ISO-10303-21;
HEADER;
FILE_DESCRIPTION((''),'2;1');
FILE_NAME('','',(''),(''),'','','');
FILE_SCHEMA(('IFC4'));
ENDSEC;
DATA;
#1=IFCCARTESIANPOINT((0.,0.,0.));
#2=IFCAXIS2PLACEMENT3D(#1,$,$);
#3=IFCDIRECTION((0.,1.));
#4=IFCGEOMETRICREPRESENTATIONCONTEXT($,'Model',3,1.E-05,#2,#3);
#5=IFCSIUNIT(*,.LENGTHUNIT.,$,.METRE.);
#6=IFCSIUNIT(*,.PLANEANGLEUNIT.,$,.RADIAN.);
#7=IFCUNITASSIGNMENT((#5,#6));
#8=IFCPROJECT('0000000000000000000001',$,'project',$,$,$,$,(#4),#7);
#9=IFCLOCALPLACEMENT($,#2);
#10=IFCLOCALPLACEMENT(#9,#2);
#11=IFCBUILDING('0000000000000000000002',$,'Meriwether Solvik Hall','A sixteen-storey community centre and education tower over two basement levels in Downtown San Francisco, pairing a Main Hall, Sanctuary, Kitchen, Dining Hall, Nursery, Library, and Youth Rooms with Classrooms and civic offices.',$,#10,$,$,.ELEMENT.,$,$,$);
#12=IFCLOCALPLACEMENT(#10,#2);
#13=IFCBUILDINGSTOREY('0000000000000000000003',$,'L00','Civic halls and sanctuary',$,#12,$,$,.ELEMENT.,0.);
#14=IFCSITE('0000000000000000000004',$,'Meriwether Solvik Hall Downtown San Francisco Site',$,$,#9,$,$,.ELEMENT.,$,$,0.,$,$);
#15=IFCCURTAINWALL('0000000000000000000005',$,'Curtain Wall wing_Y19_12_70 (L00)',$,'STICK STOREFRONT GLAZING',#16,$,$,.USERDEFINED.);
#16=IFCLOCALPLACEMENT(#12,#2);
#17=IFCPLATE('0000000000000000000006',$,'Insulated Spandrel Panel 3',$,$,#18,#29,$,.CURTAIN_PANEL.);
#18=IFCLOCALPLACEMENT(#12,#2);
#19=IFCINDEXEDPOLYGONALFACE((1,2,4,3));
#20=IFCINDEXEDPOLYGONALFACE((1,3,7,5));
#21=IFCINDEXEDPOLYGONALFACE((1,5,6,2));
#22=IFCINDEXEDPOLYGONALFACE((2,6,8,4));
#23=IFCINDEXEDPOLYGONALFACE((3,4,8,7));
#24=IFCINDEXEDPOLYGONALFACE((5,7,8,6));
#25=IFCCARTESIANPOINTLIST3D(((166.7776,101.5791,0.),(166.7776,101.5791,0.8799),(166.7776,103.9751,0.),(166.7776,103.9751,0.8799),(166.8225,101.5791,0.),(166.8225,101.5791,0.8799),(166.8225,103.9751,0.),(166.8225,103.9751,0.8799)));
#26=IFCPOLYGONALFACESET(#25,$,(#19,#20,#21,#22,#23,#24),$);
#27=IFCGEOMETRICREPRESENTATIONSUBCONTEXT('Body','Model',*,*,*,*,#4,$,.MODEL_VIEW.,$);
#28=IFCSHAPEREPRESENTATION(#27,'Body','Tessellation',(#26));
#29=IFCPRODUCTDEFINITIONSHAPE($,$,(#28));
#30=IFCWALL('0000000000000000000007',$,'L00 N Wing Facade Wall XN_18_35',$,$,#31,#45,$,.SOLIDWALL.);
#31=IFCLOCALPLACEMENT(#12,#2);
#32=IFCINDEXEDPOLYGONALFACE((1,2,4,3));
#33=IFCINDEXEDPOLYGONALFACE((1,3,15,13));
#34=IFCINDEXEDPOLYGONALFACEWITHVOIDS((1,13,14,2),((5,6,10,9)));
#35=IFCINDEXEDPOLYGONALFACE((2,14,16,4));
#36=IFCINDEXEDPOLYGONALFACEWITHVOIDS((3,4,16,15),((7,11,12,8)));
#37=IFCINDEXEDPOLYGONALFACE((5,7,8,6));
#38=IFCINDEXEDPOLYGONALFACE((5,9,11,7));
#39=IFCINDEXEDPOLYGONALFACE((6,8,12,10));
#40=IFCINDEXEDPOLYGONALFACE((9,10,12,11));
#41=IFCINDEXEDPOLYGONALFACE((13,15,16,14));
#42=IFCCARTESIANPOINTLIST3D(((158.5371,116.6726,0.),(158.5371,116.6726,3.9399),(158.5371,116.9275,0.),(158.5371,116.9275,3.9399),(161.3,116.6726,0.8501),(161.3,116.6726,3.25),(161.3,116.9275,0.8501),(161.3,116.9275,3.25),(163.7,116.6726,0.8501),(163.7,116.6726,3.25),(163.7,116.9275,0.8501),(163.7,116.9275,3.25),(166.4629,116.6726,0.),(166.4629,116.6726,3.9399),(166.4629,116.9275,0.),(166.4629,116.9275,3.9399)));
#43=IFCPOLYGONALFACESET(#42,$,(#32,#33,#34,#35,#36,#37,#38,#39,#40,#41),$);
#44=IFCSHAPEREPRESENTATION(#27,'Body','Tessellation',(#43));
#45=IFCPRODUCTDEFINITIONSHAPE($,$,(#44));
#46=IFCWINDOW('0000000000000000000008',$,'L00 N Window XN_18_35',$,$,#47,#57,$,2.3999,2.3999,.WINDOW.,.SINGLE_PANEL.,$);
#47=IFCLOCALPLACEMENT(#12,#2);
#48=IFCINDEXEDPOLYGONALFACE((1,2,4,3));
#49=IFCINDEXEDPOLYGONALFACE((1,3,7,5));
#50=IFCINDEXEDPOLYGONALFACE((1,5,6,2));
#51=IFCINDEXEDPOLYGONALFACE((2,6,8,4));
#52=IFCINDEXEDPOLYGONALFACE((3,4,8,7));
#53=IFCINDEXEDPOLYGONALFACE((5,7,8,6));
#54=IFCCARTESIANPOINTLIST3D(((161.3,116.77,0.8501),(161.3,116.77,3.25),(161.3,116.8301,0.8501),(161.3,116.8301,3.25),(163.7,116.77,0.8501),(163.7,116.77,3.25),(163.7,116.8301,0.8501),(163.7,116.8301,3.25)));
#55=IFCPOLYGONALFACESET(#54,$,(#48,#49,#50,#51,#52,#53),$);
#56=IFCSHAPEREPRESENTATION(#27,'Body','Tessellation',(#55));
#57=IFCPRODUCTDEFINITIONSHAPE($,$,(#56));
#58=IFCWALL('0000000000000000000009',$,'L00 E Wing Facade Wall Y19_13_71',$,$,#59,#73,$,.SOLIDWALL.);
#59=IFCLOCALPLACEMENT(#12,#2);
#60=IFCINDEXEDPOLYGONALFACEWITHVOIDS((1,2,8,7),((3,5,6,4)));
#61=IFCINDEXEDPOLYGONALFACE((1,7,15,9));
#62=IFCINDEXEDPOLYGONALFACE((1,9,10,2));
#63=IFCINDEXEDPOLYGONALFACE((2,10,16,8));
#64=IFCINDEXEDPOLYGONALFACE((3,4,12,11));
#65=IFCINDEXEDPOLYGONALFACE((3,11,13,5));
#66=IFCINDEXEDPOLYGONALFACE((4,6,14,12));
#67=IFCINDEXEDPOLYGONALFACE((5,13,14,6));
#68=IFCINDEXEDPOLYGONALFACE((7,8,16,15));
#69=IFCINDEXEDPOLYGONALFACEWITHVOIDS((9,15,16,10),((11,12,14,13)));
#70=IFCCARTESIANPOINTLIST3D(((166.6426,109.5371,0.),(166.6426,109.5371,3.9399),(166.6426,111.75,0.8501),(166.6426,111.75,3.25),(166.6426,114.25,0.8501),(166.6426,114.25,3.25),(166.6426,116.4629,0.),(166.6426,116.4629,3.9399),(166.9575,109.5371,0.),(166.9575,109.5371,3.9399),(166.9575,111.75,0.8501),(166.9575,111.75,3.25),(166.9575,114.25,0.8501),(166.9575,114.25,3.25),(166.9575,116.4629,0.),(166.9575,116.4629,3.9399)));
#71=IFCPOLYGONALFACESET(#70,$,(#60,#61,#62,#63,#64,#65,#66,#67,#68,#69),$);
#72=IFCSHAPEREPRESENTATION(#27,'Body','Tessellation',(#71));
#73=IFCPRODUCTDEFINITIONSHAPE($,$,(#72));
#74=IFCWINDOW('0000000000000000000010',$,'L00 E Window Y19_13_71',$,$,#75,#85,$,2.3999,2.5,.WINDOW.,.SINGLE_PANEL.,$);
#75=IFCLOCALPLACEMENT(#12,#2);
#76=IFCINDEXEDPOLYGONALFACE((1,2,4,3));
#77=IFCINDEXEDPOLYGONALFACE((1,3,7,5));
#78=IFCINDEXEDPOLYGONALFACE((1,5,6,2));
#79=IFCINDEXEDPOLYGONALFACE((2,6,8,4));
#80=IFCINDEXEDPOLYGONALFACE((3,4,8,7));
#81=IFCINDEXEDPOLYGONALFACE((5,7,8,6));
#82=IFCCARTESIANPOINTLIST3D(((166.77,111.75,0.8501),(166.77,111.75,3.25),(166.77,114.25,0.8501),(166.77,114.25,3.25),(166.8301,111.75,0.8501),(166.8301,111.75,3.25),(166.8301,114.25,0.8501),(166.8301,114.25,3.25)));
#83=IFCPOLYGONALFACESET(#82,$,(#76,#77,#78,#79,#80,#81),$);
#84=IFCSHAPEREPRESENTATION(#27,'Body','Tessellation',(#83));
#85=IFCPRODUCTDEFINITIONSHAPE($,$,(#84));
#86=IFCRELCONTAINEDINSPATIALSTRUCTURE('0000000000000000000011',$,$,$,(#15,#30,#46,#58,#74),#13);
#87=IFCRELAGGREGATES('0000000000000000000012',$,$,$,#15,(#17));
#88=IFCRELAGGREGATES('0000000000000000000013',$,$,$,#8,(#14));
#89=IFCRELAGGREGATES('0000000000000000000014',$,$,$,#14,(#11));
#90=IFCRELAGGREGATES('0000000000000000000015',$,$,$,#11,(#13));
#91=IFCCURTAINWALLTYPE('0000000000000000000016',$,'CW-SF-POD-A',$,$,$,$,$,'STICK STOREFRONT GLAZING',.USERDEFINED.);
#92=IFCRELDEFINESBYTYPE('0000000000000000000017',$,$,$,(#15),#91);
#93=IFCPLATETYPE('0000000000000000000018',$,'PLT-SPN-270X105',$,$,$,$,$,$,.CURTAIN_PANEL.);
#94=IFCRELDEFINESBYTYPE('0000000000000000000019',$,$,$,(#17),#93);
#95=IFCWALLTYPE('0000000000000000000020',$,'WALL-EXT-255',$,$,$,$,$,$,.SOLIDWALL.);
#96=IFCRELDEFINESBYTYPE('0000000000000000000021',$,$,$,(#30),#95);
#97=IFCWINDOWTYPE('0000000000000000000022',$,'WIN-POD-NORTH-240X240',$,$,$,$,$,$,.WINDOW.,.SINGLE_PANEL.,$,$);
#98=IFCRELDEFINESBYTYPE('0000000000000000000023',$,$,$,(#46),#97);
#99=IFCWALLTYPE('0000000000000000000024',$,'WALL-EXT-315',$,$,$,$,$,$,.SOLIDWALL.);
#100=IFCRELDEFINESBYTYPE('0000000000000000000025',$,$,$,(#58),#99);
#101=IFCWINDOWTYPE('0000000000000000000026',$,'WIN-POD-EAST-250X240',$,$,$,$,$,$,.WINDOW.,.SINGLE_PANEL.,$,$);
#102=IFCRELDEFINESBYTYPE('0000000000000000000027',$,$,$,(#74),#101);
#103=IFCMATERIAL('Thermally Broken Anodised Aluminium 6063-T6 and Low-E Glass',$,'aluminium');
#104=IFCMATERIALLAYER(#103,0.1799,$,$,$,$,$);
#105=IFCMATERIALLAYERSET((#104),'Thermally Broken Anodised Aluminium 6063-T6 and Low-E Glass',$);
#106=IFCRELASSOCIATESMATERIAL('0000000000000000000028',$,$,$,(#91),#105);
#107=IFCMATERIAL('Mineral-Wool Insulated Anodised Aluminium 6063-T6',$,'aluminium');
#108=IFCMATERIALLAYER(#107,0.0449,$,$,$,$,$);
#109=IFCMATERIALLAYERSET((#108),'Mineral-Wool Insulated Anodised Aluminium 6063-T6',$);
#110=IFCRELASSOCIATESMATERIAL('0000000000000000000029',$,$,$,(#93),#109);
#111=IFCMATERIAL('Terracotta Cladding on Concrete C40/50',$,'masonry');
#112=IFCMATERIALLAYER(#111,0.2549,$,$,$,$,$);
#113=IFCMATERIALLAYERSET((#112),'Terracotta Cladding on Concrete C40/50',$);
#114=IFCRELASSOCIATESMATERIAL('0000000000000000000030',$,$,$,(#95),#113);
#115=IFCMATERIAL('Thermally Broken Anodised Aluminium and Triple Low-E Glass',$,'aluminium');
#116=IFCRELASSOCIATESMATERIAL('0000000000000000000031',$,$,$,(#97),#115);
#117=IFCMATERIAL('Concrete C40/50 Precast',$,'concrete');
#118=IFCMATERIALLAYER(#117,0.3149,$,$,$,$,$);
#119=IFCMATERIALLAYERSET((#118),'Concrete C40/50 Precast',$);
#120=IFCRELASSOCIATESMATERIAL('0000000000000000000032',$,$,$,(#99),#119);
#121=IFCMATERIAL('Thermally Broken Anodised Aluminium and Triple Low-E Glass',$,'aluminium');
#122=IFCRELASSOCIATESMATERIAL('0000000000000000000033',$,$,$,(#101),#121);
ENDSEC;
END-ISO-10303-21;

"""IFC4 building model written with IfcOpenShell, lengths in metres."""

from ifc_helpers import new_model, si_unit, direction, frame, frame_2d, origin, origin_2d, place, context, subcontext, project, spatial, rectangle, extrude, material, layer, layer_set, type_object, element, fill, aggregate, save


model = new_model("IFC4")

# Units and contexts
model_context = context("Model", 3, precision=1e-05, world=origin(), true_north=direction((0.0, 1.0)))
body_context = subcontext(model_context, "Body", "Model", "MODEL_VIEW")
ifc_project = project(units=[si_unit("LENGTHUNIT", "METRE"), si_unit("PLANEANGLEUNIT", "RADIAN")], contexts=[model_context])

# Site, building, storey
site_placement = place(None, origin())
site = spatial("IfcSite", under=ifc_project, at=site_placement, Name="Meriwether Solvik Hall Downtown San Francisco Site", CompositionType="ELEMENT", RefElevation=0.0)
building_placement = place(site_placement, origin())
building = spatial("IfcBuilding", under=site, at=building_placement, Name="Meriwether Solvik Hall", Description="A sixteen-storey community centre and education tower over two basement levels in Downtown San Francisco, pairing a Main Hall, Sanctuary, Kitchen, Dining Hall, Nursery, Library, and Youth Rooms with Classrooms and civic offices.", CompositionType="ELEMENT")
storey_placement = place(building_placement, origin())
storey = spatial("IfcBuildingStorey", under=building, at=storey_placement, Name="L00", Description="Civic halls and sanctuary", CompositionType="ELEMENT", Elevation=0.0)

# Curtain wall
ifc_material_1 = material(Name="Thermally Broken Anodised Aluminium 6063-T6 and Low-E Glass", Category="aluminium")
ifc_layer_1 = layer(ifc_material_1, 0.1799)
ifc_layer_set_1 = layer_set([ifc_layer_1], Name="Thermally Broken Anodised Aluminium 6063-T6 and Low-E Glass")
curtain_wall_type = type_object("IfcCurtainWallType", Name="CW-SF-POD-A", ElementType="STICK STOREFRONT GLAZING", PredefinedType="USERDEFINED", material=ifc_layer_set_1)
curtain_wall_1_placement = place(storey_placement, origin())
curtain_wall_1 = element("IfcCurtainWall", 1, at=curtain_wall_1_placement, inside=storey, type_object=curtain_wall_type, Name="Curtain Wall wing_Y19_12_70 (L00)", ObjectType="STICK STOREFRONT GLAZING", PredefinedType="USERDEFINED")

# Plate
ifc_material_2 = material(Name="Mineral-Wool Insulated Anodised Aluminium 6063-T6", Category="aluminium")
ifc_layer_2 = layer(ifc_material_2, 0.0449)
ifc_layer_set_2 = layer_set([ifc_layer_2], Name="Mineral-Wool Insulated Anodised Aluminium 6063-T6")
plate_type_1 = type_object("IfcPlateType", Name="PLT-SPN-270X105", PredefinedType="CURTAIN_PANEL", material=ifc_layer_set_2)
plate_1_placement = place(storey_placement, frame((166.8, 102.7771, 0.0), z_axis=(0.0, 0.0, 1.0), x_axis=(0.0, -1.0, 0.0)))
plate_1 = element("IfcPlate", 2, at=plate_1_placement, type_object=plate_type_1, Name="Insulated Spandrel Panel 3", PredefinedType="CURTAIN_PANEL", context=body_context, shape_type="SweptSolid", body=[
    extrude(rectangle(XDim=2.396, YDim=0.0449, at=origin_2d()), origin(), (0.0, 0.0, 1.0), 0.8799),
])
aggregate(curtain_wall_1, [plate_1])

# Walls, openings, windows
ifc_material_3 = material(Name="Terracotta Cladding on Concrete C40/50", Category="masonry")
ifc_layer_3 = layer(ifc_material_3, 0.2549)
ifc_layer_set_3 = layer_set([ifc_layer_3], Name="Terracotta Cladding on Concrete C40/50")
wall_type_1 = type_object("IfcWallType", Name="WALL-EXT-255", PredefinedType="SOLIDWALL", material=ifc_layer_set_3)
wall_1_placement = place(storey_placement, frame((158.5371, 116.8, 0.0), z_axis=(0.0, 0.0, 1.0), x_axis=(1.0, 0.0, 0.0)))
wall_1 = element("IfcWall", 3, at=wall_1_placement, inside=storey, type_object=wall_type_1, Name="L00 N Wing Facade Wall XN_18_35", PredefinedType="SOLIDWALL", context=body_context, shape_type="SweptSolid", body=[
    extrude(rectangle(XDim=7.9258, YDim=0.2549, at=frame_2d((3.9629, 0.0))), origin(), (0.0, 0.0, 1.0), 3.9399),
])
opening_1_placement = place(wall_1_placement, frame((2.7629, 0.0, 0.8501)))
opening_1 = element("IfcOpeningElement", 4, at=opening_1_placement, cuts=wall_1, PredefinedType="OPENING", context=body_context, shape_type="SweptSolid", body=[
    extrude(rectangle(XDim=2.3999, YDim=2.3999, at=frame_2d((1.2, 1.2))), frame((0.0, 0.1394, 0.0), z_axis=(0.0, -1.0, 0.0), x_axis=(1.0, 0.0, 0.0)), (0.0, 0.0, 1.0), 0.2788),
])
ifc_material_4 = material(Name="Thermally Broken Anodised Aluminium and Triple Low-E Glass", Category="aluminium")
window_type_1 = type_object("IfcWindowType", Name="WIN-POD-NORTH-240X240", PartitioningType="SINGLE_PANEL", PredefinedType="WINDOW", material=ifc_material_4)
window_1_placement = place(opening_1_placement, origin())
window_1 = element("IfcWindow", 5, at=window_1_placement, inside=storey, type_object=window_type_1, Name="L00 N Window XN_18_35", OverallHeight=2.3999, OverallWidth=2.3999, PartitioningType="SINGLE_PANEL", PredefinedType="WINDOW", context=body_context, shape_type="SweptSolid", body=[
    extrude(rectangle(XDim=2.3999, YDim=2.3999, at=frame_2d((1.2, 1.2))), frame((0.0, 0.03, 0.0), z_axis=(0.0, -1.0, 0.0), x_axis=(1.0, 0.0, 0.0)), (0.0, 0.0, 1.0), 0.0601),
])
fill(opening_1, window_1)
ifc_material_5 = material(Name="Concrete C40/50 Precast", Category="concrete")
ifc_layer_4 = layer(ifc_material_5, 0.3149)
ifc_layer_set_4 = layer_set([ifc_layer_4], Name="Concrete C40/50 Precast")
wall_type_2 = type_object("IfcWallType", Name="WALL-EXT-315", PredefinedType="SOLIDWALL", material=ifc_layer_set_4)
wall_2_placement = place(storey_placement, frame((166.8, 116.4629, 0.0), z_axis=(0.0, 0.0, 1.0), x_axis=(0.0, -1.0, 0.0)))
wall_2 = element("IfcWall", 6, at=wall_2_placement, inside=storey, type_object=wall_type_2, Name="L00 E Wing Facade Wall Y19_13_71", PredefinedType="SOLIDWALL", context=body_context, shape_type="SweptSolid", body=[
    extrude(rectangle(XDim=6.9258, YDim=0.3149, at=frame_2d((3.4629, 0.0))), origin(), (0.0, 0.0, 1.0), 3.9399),
])
opening_2_placement = place(wall_2_placement, frame((2.2129, 0.0, 0.8501)))
opening_2 = element("IfcOpeningElement", 7, at=opening_2_placement, cuts=wall_2, PredefinedType="OPENING", context=body_context, shape_type="SweptSolid", body=[
    extrude(rectangle(XDim=2.5, YDim=2.3999, at=frame_2d((1.25, 1.2))), frame((0.0, 0.1694, 0.0), z_axis=(0.0, -1.0, 0.0), x_axis=(1.0, 0.0, 0.0)), (0.0, 0.0, 1.0), 0.3389),
])
ifc_material_6 = material(Name="Thermally Broken Anodised Aluminium and Triple Low-E Glass", Category="aluminium")
window_type_2 = type_object("IfcWindowType", Name="WIN-POD-EAST-250X240", PartitioningType="SINGLE_PANEL", PredefinedType="WINDOW", material=ifc_material_6)
window_2_placement = place(opening_2_placement, origin())
window_2 = element("IfcWindow", 8, at=window_2_placement, inside=storey, type_object=window_type_2, Name="L00 E Window Y19_13_71", OverallHeight=2.3999, OverallWidth=2.5, PartitioningType="SINGLE_PANEL", PredefinedType="WINDOW", context=body_context, shape_type="SweptSolid", body=[
    extrude(rectangle(XDim=2.5, YDim=2.3999, at=frame_2d((1.25, 1.2))), frame((0.0, 0.03, 0.0), z_axis=(0.0, -1.0, 0.0), x_axis=(1.0, 0.0, 0.0)), (0.0, 0.0, 1.0), 0.0601),
])
fill(opening_2, window_2)

save(model, "model.ifc")
